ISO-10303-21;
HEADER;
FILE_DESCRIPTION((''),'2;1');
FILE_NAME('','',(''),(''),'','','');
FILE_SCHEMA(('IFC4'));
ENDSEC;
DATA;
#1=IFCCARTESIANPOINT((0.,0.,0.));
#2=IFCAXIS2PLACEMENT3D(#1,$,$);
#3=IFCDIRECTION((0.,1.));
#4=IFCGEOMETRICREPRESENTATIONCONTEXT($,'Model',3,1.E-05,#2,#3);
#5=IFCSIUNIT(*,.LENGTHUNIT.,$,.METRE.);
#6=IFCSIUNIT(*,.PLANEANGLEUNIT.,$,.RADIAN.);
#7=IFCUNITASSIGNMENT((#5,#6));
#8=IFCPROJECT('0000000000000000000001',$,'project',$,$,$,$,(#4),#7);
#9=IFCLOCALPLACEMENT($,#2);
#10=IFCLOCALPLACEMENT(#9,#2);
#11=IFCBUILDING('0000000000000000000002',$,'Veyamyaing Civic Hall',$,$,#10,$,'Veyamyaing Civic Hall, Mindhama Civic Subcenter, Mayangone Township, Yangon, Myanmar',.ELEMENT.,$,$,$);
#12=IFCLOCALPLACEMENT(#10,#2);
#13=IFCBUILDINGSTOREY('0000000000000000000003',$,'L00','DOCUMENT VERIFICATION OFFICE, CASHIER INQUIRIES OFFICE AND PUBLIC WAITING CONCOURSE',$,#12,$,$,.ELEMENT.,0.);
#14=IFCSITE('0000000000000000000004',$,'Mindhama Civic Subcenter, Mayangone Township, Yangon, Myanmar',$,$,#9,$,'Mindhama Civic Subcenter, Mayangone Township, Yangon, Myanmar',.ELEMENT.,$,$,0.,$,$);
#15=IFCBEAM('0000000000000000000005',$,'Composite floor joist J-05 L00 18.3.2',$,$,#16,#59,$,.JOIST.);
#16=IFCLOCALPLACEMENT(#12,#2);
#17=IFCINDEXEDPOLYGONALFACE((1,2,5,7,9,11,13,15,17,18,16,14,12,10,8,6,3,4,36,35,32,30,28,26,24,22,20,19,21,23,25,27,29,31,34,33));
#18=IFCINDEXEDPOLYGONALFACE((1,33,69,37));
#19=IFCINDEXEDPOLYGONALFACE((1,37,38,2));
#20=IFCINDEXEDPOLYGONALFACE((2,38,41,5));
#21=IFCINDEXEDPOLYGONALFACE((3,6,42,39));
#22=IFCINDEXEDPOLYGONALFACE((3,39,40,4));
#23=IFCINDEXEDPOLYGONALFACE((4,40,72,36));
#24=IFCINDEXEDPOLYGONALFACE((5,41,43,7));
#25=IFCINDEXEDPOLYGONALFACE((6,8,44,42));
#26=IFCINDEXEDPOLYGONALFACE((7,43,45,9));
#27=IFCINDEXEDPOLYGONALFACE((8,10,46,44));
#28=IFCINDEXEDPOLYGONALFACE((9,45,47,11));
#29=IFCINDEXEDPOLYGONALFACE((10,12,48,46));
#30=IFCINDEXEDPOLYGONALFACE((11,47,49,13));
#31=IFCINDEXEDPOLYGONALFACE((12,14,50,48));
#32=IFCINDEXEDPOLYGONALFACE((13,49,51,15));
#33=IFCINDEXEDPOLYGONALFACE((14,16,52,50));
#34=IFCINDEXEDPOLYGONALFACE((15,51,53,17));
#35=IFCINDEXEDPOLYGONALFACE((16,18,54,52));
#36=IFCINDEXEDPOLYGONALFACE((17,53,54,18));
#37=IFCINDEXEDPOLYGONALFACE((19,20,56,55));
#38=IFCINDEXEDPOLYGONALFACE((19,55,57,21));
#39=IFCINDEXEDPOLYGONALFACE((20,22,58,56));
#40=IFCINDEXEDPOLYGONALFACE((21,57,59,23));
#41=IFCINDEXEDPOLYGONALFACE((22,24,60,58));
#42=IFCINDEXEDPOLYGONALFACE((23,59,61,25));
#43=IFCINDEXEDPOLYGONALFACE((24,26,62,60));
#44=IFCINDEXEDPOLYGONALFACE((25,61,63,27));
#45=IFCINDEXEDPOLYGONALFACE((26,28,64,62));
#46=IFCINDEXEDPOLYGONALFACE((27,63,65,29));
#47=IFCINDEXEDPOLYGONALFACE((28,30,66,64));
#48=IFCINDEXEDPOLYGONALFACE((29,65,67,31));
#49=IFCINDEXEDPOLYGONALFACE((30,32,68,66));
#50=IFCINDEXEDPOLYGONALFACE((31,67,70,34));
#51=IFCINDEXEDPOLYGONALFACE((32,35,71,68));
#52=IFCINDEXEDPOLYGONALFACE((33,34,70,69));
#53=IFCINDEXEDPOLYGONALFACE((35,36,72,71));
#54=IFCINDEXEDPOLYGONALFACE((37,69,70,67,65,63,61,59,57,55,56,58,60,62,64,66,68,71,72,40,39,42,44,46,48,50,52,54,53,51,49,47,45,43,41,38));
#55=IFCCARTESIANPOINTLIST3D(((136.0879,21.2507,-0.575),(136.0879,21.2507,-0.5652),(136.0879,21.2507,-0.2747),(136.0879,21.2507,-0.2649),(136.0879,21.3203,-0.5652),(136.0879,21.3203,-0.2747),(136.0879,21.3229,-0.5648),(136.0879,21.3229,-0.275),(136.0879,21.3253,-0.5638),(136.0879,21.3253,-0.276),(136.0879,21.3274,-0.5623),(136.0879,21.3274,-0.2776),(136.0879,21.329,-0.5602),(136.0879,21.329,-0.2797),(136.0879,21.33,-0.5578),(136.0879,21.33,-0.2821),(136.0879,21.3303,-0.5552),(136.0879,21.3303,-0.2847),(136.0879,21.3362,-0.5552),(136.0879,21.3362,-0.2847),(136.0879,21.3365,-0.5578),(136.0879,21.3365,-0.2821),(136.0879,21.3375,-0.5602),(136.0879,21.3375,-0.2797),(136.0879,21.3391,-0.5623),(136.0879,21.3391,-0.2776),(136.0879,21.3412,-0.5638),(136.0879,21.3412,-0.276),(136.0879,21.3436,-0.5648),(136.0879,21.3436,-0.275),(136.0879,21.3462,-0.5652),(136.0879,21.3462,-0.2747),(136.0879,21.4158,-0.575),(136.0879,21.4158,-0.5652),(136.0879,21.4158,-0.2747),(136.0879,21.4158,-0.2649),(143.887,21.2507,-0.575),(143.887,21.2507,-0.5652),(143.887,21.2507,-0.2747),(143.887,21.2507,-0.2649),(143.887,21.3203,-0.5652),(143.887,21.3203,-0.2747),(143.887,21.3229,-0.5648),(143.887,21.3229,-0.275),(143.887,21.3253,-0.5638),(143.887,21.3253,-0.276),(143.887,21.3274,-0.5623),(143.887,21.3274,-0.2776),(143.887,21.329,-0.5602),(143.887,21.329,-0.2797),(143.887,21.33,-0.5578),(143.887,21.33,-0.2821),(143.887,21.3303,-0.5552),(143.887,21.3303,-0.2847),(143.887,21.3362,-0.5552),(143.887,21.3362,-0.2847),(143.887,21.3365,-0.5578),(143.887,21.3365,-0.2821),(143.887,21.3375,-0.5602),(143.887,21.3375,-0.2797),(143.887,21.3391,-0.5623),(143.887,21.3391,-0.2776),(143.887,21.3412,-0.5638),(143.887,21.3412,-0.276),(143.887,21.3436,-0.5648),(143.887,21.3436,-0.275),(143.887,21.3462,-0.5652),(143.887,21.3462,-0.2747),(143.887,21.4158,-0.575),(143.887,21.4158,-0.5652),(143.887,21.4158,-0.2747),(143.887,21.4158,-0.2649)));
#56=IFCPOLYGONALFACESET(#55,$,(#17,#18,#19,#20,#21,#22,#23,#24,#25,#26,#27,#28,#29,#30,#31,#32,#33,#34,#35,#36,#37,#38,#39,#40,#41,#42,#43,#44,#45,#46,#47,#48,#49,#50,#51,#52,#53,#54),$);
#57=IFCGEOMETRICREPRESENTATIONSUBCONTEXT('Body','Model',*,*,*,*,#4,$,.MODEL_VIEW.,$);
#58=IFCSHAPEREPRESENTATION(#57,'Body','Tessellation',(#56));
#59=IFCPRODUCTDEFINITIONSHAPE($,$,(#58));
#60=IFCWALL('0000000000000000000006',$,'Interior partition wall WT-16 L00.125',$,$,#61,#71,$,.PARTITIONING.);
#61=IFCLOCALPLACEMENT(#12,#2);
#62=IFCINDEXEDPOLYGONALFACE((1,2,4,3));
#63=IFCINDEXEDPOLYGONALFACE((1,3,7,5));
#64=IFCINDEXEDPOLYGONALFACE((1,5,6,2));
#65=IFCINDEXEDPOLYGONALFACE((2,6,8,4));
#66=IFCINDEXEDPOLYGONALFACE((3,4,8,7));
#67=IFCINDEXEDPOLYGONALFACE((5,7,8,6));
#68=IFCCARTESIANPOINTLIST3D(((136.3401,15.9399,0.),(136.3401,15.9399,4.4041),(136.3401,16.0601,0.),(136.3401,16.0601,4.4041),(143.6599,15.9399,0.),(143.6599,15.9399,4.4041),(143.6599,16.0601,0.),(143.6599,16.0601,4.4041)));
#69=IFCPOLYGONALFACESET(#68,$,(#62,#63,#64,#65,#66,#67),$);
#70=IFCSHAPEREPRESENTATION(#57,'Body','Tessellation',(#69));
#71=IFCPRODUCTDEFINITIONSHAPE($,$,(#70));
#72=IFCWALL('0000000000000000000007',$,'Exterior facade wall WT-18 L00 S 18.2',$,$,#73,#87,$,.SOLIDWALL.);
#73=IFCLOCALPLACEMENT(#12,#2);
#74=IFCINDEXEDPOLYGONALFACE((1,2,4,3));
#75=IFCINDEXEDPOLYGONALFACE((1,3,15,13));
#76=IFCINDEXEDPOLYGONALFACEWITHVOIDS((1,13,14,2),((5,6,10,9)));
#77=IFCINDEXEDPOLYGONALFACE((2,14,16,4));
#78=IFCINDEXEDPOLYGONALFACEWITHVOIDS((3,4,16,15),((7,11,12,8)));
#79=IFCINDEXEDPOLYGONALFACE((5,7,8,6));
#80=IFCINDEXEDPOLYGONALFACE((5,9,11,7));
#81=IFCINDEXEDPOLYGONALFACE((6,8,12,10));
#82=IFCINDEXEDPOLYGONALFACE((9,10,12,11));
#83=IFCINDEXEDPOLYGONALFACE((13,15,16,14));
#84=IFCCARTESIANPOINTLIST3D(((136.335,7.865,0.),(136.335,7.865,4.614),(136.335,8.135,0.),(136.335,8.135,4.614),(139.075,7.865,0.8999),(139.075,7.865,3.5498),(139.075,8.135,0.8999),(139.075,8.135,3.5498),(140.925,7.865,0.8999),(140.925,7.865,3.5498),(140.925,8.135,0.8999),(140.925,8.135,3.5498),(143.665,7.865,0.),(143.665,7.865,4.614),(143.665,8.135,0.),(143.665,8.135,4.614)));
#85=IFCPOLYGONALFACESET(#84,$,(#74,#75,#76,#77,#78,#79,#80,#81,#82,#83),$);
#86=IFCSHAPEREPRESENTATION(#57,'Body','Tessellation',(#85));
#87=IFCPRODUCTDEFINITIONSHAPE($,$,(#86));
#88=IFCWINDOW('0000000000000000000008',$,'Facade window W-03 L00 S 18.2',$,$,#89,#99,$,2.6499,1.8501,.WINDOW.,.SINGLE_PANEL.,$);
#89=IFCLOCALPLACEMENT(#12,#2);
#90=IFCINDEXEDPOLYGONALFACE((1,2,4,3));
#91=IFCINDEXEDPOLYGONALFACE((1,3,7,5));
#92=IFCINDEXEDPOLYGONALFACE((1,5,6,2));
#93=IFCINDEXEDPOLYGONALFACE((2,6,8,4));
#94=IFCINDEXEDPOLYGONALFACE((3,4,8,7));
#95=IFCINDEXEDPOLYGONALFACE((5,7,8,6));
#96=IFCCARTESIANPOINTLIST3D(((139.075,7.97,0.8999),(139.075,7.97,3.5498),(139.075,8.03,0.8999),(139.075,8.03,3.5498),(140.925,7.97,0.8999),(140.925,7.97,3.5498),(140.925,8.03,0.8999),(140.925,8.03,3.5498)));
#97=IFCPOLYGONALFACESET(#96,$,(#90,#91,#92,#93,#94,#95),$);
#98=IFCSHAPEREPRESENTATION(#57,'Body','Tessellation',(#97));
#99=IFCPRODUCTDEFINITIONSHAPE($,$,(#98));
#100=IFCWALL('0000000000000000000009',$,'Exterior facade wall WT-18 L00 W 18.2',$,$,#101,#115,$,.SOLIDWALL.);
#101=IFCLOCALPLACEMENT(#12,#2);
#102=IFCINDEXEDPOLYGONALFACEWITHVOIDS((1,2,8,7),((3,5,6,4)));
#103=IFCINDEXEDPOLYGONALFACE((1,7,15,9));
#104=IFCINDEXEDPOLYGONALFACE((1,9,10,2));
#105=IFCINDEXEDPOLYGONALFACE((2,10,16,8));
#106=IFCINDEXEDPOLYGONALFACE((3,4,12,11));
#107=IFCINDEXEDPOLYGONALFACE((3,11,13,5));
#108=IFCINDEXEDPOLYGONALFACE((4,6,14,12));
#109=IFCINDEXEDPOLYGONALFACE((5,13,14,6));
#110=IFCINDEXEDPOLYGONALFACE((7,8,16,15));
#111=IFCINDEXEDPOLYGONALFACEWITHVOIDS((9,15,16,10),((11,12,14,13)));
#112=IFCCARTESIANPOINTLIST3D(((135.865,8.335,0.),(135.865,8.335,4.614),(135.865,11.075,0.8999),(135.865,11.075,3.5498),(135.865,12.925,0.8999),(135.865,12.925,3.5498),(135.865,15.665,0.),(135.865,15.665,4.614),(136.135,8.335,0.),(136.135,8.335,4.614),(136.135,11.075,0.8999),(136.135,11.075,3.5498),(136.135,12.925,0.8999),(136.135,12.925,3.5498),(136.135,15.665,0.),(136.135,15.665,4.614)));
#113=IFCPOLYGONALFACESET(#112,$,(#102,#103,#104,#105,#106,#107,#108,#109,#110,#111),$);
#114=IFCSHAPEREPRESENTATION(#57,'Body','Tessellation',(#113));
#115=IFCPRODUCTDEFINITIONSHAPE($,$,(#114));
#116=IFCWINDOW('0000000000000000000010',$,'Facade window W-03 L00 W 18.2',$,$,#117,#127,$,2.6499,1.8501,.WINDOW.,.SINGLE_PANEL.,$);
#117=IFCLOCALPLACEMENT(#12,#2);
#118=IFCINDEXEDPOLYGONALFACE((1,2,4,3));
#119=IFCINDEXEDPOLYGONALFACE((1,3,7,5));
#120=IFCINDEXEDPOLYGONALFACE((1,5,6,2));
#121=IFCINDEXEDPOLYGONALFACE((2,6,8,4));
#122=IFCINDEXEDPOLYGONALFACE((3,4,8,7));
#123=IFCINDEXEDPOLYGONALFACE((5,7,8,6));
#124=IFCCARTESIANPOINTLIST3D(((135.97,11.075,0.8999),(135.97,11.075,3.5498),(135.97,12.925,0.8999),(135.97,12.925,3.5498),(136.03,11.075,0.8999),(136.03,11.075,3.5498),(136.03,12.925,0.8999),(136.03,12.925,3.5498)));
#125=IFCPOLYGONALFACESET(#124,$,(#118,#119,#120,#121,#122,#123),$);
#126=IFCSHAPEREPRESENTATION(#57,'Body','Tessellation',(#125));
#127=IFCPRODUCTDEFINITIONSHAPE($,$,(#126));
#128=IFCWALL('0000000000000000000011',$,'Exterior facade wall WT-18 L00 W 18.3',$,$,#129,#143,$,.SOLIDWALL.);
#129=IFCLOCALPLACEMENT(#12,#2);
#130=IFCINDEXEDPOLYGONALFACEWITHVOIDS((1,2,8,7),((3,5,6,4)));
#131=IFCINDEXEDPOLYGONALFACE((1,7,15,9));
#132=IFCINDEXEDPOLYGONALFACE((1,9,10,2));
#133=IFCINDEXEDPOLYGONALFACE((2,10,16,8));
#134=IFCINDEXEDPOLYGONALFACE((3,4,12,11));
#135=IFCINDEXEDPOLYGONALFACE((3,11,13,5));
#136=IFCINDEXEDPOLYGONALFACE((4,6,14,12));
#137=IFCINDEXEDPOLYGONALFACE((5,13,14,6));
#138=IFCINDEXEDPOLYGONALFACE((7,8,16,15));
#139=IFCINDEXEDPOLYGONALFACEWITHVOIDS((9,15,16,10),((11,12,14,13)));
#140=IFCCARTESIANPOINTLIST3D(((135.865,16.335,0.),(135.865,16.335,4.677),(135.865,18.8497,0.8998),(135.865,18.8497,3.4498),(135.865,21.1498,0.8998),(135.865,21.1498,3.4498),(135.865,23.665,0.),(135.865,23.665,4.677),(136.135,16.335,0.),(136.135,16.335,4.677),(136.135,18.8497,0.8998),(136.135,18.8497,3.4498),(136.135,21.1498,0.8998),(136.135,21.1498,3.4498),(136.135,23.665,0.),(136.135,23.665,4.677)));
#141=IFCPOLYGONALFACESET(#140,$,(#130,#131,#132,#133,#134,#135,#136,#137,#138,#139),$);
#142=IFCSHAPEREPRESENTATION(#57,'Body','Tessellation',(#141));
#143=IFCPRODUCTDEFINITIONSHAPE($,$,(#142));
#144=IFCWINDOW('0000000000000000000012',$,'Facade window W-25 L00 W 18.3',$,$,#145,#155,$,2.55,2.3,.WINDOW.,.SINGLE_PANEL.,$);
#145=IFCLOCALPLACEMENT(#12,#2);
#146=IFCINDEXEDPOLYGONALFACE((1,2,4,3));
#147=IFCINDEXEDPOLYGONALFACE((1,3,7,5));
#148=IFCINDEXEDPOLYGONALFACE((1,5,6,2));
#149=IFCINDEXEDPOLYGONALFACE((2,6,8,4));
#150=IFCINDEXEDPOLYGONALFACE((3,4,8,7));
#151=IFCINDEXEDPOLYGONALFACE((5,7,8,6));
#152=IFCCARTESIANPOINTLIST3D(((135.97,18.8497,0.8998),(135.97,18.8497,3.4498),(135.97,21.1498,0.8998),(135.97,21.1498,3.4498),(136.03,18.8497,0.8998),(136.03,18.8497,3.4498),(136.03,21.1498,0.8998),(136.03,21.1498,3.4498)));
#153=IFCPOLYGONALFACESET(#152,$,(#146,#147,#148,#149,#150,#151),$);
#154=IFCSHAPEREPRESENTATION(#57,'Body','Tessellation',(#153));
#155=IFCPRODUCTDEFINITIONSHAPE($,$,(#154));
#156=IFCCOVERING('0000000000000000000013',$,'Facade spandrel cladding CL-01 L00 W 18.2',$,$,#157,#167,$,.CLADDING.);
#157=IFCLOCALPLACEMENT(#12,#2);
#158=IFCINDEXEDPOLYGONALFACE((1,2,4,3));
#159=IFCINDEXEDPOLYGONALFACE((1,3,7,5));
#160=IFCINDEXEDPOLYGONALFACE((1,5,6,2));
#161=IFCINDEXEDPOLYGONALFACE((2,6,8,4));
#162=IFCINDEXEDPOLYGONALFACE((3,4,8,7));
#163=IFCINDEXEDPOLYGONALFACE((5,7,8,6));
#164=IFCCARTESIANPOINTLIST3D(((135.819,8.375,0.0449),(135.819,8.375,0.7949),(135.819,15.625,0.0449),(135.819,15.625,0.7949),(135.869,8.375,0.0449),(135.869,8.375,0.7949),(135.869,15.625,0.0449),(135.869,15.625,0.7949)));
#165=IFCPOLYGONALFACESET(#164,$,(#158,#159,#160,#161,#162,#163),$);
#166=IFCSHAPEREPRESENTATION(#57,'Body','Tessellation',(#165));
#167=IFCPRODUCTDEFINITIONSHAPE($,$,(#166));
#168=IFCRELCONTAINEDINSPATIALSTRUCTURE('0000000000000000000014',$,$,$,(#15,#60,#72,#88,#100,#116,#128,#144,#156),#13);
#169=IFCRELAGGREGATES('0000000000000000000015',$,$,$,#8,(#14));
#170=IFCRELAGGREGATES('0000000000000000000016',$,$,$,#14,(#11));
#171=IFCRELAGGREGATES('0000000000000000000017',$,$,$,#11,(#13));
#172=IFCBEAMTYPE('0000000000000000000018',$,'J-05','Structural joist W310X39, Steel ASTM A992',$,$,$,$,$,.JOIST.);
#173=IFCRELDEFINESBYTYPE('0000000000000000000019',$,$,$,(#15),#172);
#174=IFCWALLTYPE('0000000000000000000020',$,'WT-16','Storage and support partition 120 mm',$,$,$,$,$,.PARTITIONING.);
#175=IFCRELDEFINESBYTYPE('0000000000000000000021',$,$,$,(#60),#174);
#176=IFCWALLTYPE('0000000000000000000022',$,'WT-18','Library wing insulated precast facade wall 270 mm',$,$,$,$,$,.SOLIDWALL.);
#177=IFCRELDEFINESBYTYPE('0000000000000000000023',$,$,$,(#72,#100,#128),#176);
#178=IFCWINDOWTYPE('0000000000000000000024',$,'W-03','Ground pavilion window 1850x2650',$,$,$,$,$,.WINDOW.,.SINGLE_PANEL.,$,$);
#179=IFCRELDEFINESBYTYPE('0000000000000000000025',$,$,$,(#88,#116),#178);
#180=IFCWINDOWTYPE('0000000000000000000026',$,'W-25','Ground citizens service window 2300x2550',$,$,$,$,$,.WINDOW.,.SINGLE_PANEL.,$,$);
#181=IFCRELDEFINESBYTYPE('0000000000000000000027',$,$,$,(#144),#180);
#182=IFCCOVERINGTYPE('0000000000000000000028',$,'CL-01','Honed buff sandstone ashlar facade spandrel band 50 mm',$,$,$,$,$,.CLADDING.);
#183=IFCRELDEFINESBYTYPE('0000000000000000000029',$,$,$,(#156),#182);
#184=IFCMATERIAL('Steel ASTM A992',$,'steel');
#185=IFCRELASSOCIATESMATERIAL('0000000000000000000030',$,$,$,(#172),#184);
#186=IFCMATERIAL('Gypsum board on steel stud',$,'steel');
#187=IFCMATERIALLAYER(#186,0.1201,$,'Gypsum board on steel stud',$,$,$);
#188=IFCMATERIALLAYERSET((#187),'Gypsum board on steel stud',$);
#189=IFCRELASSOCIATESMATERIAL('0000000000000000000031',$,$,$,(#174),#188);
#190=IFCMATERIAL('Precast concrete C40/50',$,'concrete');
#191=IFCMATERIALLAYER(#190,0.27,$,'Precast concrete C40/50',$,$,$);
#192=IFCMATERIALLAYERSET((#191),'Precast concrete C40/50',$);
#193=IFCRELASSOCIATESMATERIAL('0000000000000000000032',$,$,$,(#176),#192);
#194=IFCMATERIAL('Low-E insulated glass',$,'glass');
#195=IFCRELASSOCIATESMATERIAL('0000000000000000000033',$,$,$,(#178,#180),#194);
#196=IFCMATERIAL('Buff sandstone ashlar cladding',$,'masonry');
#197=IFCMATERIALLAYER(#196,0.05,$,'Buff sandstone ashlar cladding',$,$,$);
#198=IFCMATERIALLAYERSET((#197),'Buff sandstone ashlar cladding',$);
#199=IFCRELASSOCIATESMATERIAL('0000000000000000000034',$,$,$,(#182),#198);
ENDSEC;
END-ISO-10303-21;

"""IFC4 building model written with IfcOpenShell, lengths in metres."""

from ifc_helpers import new_model, si_unit, direction, frame, frame_2d, origin, origin_2d, place, context, subcontext, project, spatial, rectangle, i_section, extrude, material, layer, layer_set, material_profile, profile_set, type_object, element, fill, save


model = new_model("IFC4")

# Units and contexts
model_context = context("Model", 3, precision=1e-05, world=origin(), true_north=direction((0.0, 1.0)))
body_context = subcontext(model_context, "Body", "Model", "MODEL_VIEW")
ifc_project = project(units=[si_unit("LENGTHUNIT", "METRE"), si_unit("PLANEANGLEUNIT", "RADIAN")], contexts=[model_context])

# Site, building, storey
site_placement = place(None, origin())
site = spatial("IfcSite", under=ifc_project, at=site_placement, Name="Mindhama Civic Subcenter, Mayangone Township, Yangon, Myanmar", LongName="Mindhama Civic Subcenter, Mayangone Township, Yangon, Myanmar", CompositionType="ELEMENT", RefElevation=0.0)
building_placement = place(site_placement, origin())
building = spatial("IfcBuilding", under=site, at=building_placement, Name="Veyamyaing Civic Hall", LongName="Veyamyaing Civic Hall, Mindhama Civic Subcenter, Mayangone Township, Yangon, Myanmar", CompositionType="ELEMENT")
storey_placement = place(building_placement, origin())
storey = spatial("IfcBuildingStorey", under=building, at=storey_placement, Name="L00", Description="DOCUMENT VERIFICATION OFFICE, CASHIER INQUIRIES OFFICE AND PUBLIC WAITING CONCOURSE", CompositionType="ELEMENT", Elevation=0.0)

# Shared definitions
ifc_material_1 = material(Name="Steel ASTM A992", Category="steel")

# Beam
ifc_material_profile_1 = material_profile(ifc_material_1, i_section(OverallWidth=0.165, OverallDepth=0.3101, WebThickness=0.0059, FlangeThickness=0.0098, FilletRadius=0.01, at=origin_2d()), Name="W310X39")
ifc_profile_set_1 = profile_set([ifc_material_profile_1], Name="Steel ASTM A992")
beam_type_1 = type_object("IfcBeamType", Name="J-05", Description="Structural joist W310X39, Steel ASTM A992", PredefinedType="JOIST", material=ifc_profile_set_1)
for number, where, z_axis, x_axis, name in (
    (1, (136.0879, 21.3333, -0.4199), (1.0, 0.0, 0.0), (0.0, 1.0, 0.0), "Composite floor joist J-05 L00 18.3.2"),
):
    element("IfcBeam", number, at=place(storey_placement, frame(where, z_axis=z_axis, x_axis=x_axis)), inside=storey, type_object=beam_type_1, Name=name, PredefinedType="JOIST", context=body_context, shape_type="SweptSolid", body=[
        extrude(i_section(OverallWidth=0.165, OverallDepth=0.3101, WebThickness=0.0059, FlangeThickness=0.0098, FilletRadius=0.01, at=origin_2d()), origin(), (0.0, 0.0, 1.0), 7.7991),
    ])

# Wall
ifc_material_2 = material(Name="Gypsum board on steel stud", Category="steel")
ifc_layer_1 = layer(ifc_material_2, 0.1201, Name="Gypsum board on steel stud")
ifc_layer_set_1 = layer_set([ifc_layer_1], Name="Gypsum board on steel stud")
wall_type_1 = type_object("IfcWallType", Name="WT-16", Description="Storage and support partition 120 mm", PredefinedType="PARTITIONING", material=ifc_layer_set_1)
wall_1_placement = place(storey_placement, frame((136.3401, 16.0, 0.0), z_axis=(0.0, 0.0, 1.0), x_axis=(1.0, 0.0, 0.0)))
element("IfcWall", 2, at=wall_1_placement, inside=storey, type_object=wall_type_1, Name="Interior partition wall WT-16 L00.125", PredefinedType="PARTITIONING", context=body_context, shape_type="SweptSolid", body=[
    extrude(rectangle(XDim=7.3198, YDim=0.1201, at=frame_2d((3.6599, 0.0))), origin(), (0.0, 0.0, 1.0), 4.4041),
])

# Walls, openings, windows
ifc_material_3 = material(Name="Precast concrete C40/50", Category="concrete")
ifc_layer_2 = layer(ifc_material_3, 0.27, Name="Precast concrete C40/50")
ifc_layer_set_2 = layer_set([ifc_layer_2], Name="Precast concrete C40/50")
wall_type_2 = type_object("IfcWallType", Name="WT-18", Description="Library wing insulated precast facade wall 270 mm", PredefinedType="SOLIDWALL", material=ifc_layer_set_2)
wall_2_placement = place(storey_placement, frame((136.335, 8.0, 0.0), z_axis=(0.0, 0.0, 1.0), x_axis=(1.0, 0.0, 0.0)))
wall_2 = element("IfcWall", 3, at=wall_2_placement, inside=storey, type_object=wall_type_2, Name="Exterior facade wall WT-18 L00 S 18.2", PredefinedType="SOLIDWALL", context=body_context, shape_type="SweptSolid", body=[
    extrude(rectangle(XDim=7.3301, YDim=0.27, at=frame_2d((3.665, 0.0))), origin(), (0.0, 0.0, 1.0), 4.614),
])
opening_1_placement = place(wall_2_placement, frame((2.74, 0.0, 0.8999)))
opening_1 = element("IfcOpeningElement", 4, at=opening_1_placement, cuts=wall_2, PredefinedType="OPENING", context=body_context, shape_type="SweptSolid", body=[
    extrude(rectangle(XDim=1.8501, YDim=2.6499, at=frame_2d((0.925, 1.325))), frame((0.0, 0.145, 0.0), z_axis=(0.0, -1.0, 0.0), x_axis=(1.0, 0.0, 0.0)), (0.0, 0.0, 1.0), 0.29),
])
ifc_material_4 = material(Name="Low-E insulated glass", Category="glass")
window_type_1 = type_object("IfcWindowType", Name="W-03", Description="Ground pavilion window 1850x2650", PartitioningType="SINGLE_PANEL", PredefinedType="WINDOW", material=ifc_material_4)
window_1_placement = place(opening_1_placement, origin())
window_1 = element("IfcWindow", 5, at=window_1_placement, inside=storey, type_object=window_type_1, Name="Facade window W-03 L00 S 18.2", OverallHeight=2.6499, OverallWidth=1.8501, PartitioningType="SINGLE_PANEL", PredefinedType="WINDOW", context=body_context, shape_type="SweptSolid", body=[
    extrude(rectangle(XDim=1.8501, YDim=2.6499, at=frame_2d((0.925, 1.325))), frame((0.0, 0.03, 0.0), z_axis=(0.0, -1.0, 0.0), x_axis=(1.0, 0.0, 0.0)), (0.0, 0.0, 1.0), 0.0601),
])
fill(opening_1, window_1)
wall_3_placement = place(storey_placement, frame((136.0, 8.335, 0.0), z_axis=(0.0, 0.0, 1.0), x_axis=(0.0, 1.0, 0.0)))
wall_3 = element("IfcWall", 6, at=wall_3_placement, inside=storey, type_object=wall_type_2, Name="Exterior facade wall WT-18 L00 W 18.2", PredefinedType="SOLIDWALL", context=body_context, shape_type="SweptSolid", body=[
    extrude(rectangle(XDim=7.3301, YDim=0.27, at=frame_2d((3.665, 0.0))), origin(), (0.0, 0.0, 1.0), 4.614),
])
opening_2_placement = place(wall_3_placement, frame((2.74, 0.0, 0.8999)))
opening_2 = element("IfcOpeningElement", 7, at=opening_2_placement, cuts=wall_3, PredefinedType="OPENING", context=body_context, shape_type="SweptSolid", body=[
    extrude(rectangle(XDim=1.8501, YDim=2.6499, at=frame_2d((0.925, 1.325))), frame((0.0, 0.145, 0.0), z_axis=(0.0, -1.0, 0.0), x_axis=(1.0, 0.0, 0.0)), (0.0, 0.0, 1.0), 0.29),
])
window_2_placement = place(opening_2_placement, origin())
window_2 = element("IfcWindow", 8, at=window_2_placement, inside=storey, type_object=window_type_1, Name="Facade window W-03 L00 W 18.2", OverallHeight=2.6499, OverallWidth=1.8501, PartitioningType="SINGLE_PANEL", PredefinedType="WINDOW", context=body_context, shape_type="SweptSolid", body=[
    extrude(rectangle(XDim=1.8501, YDim=2.6499, at=frame_2d((0.925, 1.325))), frame((0.0, 0.03, 0.0), z_axis=(0.0, -1.0, 0.0), x_axis=(1.0, 0.0, 0.0)), (0.0, 0.0, 1.0), 0.0601),
])
fill(opening_2, window_2)
wall_4_placement = place(storey_placement, frame((136.0, 16.335, 0.0), z_axis=(0.0, 0.0, 1.0), x_axis=(0.0, 1.0, 0.0)))
wall_4 = element("IfcWall", 9, at=wall_4_placement, inside=storey, type_object=wall_type_2, Name="Exterior facade wall WT-18 L00 W 18.3", PredefinedType="SOLIDWALL", context=body_context, shape_type="SweptSolid", body=[
    extrude(rectangle(XDim=7.3301, YDim=0.27, at=frame_2d((3.665, 0.0))), origin(), (0.0, 0.0, 1.0), 4.677),
])
opening_3_placement = place(wall_4_placement, frame((2.5149, 0.0, 0.8999)))
opening_3 = element("IfcOpeningElement", 10, at=opening_3_placement, cuts=wall_4, PredefinedType="OPENING", context=body_context, shape_type="SweptSolid", body=[
    extrude(rectangle(XDim=2.3, YDim=2.55, at=frame_2d((1.1499, 1.2749))), frame((0.0, 0.145, 0.0), z_axis=(0.0, -1.0, 0.0), x_axis=(1.0, 0.0, 0.0)), (0.0, 0.0, 1.0), 0.29),
])
window_type_2 = type_object("IfcWindowType", Name="W-25", Description="Ground citizens service window 2300x2550", PartitioningType="SINGLE_PANEL", PredefinedType="WINDOW", material=ifc_material_4)
window_3_placement = place(opening_3_placement, origin())
window_3 = element("IfcWindow", 11, at=window_3_placement, inside=storey, type_object=window_type_2, Name="Facade window W-25 L00 W 18.3", OverallHeight=2.55, OverallWidth=2.3, PartitioningType="SINGLE_PANEL", PredefinedType="WINDOW", context=body_context, shape_type="SweptSolid", body=[
    extrude(rectangle(XDim=2.3, YDim=2.55, at=frame_2d((1.1499, 1.2749))), frame((0.0, 0.03, 0.0), z_axis=(0.0, -1.0, 0.0), x_axis=(1.0, 0.0, 0.0)), (0.0, 0.0, 1.0), 0.0601),
])
fill(opening_3, window_3)

# Covering
ifc_material_5 = material(Name="Buff sandstone ashlar cladding", Category="masonry")
ifc_layer_3 = layer(ifc_material_5, 0.05, Name="Buff sandstone ashlar cladding")
ifc_layer_set_3 = layer_set([ifc_layer_3], Name="Buff sandstone ashlar cladding")
covering_type_1 = type_object("IfcCoveringType", Name="CL-01", Description="Honed buff sandstone ashlar facade spandrel band 50 mm", PredefinedType="CLADDING", material=ifc_layer_set_3)
for number, where, z_axis, x_axis, name in (
    (12, (135.844, 12.0, 0.0449), (0.0, 0.0, 1.0), (0.0, 1.0, 0.0), "Facade spandrel cladding CL-01 L00 W 18.2"),
):
    element("IfcCovering", number, at=place(storey_placement, frame(where, z_axis=z_axis, x_axis=x_axis)), inside=storey, type_object=covering_type_1, Name=name, PredefinedType="CLADDING", context=body_context, shape_type="SweptSolid", body=[
        extrude(rectangle(XDim=7.25, YDim=0.05, at=origin_2d()), origin(), (0.0, 0.0, 1.0), 0.75),
    ])

save(model, "model.ifc")
